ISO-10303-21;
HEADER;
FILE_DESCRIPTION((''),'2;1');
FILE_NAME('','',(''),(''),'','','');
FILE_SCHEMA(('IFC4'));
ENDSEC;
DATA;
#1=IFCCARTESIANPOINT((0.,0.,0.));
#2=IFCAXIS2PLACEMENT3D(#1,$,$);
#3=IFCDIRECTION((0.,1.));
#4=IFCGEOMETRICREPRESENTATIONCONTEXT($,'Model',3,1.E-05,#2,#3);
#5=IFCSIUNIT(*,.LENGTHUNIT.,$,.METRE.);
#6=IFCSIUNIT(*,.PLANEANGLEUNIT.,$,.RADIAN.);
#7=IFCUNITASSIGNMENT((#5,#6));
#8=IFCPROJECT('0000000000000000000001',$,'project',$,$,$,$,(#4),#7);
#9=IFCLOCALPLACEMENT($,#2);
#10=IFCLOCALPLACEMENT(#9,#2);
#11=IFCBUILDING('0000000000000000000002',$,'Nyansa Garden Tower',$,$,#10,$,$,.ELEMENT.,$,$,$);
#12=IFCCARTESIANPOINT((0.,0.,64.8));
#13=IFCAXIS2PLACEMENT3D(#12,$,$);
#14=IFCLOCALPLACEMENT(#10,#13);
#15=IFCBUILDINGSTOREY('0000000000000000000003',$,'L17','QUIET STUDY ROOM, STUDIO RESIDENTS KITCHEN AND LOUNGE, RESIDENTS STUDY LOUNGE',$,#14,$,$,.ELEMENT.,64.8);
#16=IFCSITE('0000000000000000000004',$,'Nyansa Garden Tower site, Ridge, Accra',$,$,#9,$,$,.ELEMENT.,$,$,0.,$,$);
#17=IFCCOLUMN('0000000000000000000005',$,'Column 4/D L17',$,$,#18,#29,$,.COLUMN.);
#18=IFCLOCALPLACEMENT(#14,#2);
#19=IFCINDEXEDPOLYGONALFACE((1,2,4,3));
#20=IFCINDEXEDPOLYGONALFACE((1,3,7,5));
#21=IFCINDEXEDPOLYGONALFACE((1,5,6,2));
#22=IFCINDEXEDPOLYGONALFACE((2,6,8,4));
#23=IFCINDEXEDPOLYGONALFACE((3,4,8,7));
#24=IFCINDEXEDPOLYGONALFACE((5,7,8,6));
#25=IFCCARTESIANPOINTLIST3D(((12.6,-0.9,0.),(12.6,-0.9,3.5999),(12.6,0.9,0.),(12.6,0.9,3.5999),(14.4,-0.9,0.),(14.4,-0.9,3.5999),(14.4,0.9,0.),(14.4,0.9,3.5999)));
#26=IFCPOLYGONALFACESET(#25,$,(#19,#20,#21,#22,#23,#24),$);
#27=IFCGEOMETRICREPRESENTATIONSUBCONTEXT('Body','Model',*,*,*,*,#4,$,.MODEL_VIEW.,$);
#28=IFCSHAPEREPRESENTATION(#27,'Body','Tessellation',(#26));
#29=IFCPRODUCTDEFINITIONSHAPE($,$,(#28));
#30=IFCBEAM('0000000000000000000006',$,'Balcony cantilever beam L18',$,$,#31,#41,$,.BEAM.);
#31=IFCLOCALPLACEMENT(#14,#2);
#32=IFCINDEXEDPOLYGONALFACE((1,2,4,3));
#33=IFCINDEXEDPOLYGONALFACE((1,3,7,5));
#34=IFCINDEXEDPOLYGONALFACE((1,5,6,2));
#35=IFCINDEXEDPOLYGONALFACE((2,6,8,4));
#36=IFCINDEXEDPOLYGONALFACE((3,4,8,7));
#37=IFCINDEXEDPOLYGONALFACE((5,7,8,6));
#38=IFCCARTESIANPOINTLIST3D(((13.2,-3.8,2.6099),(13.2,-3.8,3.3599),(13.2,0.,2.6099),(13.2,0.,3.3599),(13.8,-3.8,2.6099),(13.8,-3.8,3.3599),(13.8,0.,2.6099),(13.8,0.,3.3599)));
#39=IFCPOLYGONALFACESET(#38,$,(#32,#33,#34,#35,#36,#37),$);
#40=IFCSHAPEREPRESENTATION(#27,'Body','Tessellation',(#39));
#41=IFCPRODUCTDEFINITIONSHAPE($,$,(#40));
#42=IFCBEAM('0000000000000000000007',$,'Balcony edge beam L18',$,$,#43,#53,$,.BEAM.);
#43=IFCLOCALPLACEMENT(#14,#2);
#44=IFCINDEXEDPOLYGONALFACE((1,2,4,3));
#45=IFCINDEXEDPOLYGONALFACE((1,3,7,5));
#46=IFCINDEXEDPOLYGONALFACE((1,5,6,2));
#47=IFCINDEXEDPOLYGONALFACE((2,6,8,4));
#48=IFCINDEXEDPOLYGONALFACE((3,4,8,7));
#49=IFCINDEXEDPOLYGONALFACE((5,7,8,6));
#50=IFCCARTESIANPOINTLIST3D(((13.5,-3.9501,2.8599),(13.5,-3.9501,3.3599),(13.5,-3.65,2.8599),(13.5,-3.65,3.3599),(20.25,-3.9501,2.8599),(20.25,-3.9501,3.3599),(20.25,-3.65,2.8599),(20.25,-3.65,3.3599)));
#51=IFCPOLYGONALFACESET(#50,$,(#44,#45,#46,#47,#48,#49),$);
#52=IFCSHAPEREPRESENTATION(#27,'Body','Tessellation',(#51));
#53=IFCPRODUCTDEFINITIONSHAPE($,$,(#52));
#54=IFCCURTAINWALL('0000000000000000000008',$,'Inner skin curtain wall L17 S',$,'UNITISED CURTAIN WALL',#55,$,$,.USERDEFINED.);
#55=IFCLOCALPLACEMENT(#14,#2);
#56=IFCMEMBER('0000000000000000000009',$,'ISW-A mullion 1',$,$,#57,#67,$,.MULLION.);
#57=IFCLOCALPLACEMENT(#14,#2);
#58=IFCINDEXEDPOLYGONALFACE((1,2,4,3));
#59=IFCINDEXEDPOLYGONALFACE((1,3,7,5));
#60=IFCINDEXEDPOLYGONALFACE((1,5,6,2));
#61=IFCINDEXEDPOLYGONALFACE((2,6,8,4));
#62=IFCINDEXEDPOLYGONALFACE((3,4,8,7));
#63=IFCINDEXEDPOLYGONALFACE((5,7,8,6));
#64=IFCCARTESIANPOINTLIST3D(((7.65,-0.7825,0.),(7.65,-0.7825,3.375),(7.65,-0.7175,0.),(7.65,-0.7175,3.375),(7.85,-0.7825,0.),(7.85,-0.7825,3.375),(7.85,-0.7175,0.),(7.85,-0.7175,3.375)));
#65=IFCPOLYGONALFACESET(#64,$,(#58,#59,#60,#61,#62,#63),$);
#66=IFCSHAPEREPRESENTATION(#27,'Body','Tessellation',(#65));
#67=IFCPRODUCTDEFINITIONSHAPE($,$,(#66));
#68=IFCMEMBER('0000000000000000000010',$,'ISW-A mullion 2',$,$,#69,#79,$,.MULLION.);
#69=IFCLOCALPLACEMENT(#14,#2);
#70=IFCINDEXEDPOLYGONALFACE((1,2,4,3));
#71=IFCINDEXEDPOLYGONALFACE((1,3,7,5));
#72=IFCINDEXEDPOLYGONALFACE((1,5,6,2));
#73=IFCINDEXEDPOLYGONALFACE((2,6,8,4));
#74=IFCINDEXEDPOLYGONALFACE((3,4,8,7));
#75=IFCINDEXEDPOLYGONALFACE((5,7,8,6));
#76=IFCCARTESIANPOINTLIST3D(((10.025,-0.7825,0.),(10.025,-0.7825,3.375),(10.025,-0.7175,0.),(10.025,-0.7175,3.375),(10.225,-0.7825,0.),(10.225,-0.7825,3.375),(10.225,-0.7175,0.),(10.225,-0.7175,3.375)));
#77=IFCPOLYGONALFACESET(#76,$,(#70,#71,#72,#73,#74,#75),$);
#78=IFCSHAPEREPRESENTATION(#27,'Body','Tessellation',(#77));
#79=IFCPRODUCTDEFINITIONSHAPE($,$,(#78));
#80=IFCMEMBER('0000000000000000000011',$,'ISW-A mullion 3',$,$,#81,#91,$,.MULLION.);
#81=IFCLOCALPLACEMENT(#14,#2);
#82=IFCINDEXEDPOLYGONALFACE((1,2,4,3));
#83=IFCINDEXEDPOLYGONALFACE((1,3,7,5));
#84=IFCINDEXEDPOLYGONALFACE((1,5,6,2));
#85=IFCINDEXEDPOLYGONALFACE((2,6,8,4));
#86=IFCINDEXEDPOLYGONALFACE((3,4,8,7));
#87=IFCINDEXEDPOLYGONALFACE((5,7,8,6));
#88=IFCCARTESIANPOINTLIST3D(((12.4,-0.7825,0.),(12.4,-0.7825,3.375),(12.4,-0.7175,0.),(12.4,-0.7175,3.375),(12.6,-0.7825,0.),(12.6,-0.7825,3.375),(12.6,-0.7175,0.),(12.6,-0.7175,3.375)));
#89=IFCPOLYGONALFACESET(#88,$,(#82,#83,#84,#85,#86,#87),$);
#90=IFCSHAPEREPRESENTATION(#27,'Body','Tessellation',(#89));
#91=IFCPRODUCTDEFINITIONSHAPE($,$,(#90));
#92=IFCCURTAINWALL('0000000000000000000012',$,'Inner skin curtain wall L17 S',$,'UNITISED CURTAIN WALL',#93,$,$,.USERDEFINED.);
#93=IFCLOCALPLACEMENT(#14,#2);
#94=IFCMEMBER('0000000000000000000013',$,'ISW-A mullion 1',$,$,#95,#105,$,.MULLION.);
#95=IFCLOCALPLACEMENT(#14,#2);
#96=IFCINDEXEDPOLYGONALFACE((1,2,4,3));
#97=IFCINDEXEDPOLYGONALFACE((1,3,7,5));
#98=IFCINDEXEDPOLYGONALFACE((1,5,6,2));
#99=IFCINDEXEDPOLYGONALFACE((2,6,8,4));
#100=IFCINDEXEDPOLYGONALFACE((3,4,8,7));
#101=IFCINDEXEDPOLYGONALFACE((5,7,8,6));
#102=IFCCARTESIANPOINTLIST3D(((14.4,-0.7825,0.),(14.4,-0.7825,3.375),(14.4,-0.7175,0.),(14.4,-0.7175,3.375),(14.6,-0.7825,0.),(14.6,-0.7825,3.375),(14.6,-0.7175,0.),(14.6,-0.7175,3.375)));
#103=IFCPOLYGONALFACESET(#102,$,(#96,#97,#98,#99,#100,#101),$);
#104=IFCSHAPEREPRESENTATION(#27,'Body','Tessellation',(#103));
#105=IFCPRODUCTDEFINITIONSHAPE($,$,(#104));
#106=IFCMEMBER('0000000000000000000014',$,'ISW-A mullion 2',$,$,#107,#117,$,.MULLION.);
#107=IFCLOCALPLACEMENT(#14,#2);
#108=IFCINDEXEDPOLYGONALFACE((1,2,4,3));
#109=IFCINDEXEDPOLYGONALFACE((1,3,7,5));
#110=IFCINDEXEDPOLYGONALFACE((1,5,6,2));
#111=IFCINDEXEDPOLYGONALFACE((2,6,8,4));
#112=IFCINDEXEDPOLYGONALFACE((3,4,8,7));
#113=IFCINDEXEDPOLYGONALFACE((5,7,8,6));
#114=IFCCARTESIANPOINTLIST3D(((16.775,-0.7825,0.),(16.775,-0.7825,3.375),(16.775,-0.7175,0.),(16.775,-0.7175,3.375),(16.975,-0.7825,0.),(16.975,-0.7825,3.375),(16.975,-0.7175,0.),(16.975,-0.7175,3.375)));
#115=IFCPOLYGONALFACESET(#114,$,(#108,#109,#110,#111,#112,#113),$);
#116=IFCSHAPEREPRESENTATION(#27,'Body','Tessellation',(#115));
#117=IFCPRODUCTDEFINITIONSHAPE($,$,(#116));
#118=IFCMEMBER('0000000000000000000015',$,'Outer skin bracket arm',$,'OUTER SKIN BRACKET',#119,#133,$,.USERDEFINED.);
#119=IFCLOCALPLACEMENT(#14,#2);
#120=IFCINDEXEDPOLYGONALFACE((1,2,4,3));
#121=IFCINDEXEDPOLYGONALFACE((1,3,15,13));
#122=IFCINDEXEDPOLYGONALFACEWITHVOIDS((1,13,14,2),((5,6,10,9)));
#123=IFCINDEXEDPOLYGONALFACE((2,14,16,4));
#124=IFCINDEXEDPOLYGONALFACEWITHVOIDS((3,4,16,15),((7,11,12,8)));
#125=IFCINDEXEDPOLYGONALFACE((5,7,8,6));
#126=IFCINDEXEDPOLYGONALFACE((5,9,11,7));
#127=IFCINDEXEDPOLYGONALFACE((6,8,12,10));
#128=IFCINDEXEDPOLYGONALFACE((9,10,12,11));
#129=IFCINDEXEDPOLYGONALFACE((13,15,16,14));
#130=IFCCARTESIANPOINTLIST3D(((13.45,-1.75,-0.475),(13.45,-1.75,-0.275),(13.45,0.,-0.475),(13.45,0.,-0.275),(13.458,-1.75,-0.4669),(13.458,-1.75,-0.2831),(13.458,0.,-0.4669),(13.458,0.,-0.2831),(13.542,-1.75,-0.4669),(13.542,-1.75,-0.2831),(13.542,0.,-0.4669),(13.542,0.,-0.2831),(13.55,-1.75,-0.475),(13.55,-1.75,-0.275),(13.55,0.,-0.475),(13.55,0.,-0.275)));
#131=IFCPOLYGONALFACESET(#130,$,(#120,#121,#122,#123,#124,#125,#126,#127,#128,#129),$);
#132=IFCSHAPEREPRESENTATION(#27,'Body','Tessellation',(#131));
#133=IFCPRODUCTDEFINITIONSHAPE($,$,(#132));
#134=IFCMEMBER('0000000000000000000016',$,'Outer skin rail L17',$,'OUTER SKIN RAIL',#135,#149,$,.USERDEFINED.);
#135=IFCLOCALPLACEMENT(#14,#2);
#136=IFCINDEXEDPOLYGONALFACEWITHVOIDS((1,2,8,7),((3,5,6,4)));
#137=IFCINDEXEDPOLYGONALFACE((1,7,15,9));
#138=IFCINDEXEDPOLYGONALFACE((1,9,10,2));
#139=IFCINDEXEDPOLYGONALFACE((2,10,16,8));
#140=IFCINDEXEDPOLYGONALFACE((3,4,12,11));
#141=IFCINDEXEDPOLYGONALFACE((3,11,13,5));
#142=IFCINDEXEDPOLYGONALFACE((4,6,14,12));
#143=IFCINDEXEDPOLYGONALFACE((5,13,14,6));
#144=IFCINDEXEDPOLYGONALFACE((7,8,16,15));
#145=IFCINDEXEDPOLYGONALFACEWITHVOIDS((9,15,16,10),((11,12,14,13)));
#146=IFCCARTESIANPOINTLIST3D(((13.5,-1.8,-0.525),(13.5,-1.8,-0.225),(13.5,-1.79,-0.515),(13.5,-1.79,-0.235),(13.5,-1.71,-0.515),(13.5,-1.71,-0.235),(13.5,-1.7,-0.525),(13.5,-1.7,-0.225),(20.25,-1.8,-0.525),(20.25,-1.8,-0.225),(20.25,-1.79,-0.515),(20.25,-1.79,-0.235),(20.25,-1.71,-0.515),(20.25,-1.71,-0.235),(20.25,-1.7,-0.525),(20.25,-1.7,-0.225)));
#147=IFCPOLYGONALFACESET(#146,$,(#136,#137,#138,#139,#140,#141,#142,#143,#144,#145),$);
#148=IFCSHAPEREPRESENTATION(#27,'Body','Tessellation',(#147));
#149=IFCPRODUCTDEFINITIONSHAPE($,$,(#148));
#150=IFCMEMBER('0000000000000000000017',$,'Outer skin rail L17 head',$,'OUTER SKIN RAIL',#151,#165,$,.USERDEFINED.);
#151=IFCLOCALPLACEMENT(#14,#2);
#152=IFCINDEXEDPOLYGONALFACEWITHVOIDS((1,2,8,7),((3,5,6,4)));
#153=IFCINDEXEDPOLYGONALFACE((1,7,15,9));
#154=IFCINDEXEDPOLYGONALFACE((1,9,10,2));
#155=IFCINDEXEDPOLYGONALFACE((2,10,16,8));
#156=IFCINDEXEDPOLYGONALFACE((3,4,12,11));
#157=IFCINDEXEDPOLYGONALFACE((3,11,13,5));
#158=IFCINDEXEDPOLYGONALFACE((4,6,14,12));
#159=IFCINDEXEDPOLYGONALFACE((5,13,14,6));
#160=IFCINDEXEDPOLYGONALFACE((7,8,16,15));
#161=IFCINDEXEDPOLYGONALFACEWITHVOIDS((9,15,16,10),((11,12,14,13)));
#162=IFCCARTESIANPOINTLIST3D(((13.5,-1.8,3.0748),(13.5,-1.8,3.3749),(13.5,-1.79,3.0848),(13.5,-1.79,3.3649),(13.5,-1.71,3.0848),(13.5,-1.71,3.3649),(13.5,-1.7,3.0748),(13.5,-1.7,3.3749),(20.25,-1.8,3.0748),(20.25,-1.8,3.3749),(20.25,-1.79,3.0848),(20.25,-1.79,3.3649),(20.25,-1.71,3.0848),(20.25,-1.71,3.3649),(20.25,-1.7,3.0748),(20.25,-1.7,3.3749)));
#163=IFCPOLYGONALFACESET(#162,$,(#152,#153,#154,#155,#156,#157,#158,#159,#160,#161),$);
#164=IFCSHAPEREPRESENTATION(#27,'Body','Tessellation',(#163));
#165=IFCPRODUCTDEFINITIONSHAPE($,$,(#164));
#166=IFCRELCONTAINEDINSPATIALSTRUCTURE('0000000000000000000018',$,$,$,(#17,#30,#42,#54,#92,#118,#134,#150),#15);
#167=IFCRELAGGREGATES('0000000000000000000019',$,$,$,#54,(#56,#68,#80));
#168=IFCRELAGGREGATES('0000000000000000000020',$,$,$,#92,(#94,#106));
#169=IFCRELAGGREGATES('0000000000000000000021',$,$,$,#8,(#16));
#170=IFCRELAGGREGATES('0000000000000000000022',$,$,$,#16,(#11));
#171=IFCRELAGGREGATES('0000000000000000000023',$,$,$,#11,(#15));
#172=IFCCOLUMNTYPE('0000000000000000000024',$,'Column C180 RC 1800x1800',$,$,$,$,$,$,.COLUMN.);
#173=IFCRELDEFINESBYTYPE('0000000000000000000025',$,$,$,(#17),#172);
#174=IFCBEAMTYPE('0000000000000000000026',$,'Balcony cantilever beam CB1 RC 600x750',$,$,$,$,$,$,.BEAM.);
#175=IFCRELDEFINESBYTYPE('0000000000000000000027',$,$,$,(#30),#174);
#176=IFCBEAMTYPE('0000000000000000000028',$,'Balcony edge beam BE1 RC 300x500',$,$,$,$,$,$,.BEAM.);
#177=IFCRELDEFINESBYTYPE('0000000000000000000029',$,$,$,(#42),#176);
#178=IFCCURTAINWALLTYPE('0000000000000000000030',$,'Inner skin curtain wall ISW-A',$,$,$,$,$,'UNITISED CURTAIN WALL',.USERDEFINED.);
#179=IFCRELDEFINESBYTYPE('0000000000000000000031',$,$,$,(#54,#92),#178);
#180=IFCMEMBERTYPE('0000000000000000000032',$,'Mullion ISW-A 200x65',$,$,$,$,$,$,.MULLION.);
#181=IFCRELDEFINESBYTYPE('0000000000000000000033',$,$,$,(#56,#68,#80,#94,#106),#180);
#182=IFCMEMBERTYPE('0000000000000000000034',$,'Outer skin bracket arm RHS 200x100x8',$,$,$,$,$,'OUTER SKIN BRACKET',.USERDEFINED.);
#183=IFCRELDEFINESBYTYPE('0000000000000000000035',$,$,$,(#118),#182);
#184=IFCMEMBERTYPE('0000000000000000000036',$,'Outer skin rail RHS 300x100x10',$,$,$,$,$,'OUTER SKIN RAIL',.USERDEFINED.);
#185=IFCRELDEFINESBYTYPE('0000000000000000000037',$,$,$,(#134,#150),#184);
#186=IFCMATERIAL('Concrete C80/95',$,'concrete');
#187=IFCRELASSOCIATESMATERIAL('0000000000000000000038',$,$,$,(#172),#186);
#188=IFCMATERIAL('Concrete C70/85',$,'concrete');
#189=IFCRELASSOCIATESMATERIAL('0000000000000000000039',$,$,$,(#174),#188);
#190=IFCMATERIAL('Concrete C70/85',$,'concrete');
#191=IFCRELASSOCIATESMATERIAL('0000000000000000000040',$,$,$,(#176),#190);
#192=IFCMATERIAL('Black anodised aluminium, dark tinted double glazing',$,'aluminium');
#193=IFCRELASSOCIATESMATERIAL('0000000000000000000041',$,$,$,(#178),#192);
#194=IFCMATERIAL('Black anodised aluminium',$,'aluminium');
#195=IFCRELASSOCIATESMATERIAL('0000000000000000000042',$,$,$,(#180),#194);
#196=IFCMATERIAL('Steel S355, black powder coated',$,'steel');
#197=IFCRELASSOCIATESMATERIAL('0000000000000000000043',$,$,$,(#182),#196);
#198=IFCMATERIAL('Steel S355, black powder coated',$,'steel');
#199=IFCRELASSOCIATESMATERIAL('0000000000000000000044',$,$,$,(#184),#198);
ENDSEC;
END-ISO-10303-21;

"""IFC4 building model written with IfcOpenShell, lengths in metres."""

from ifc_helpers import new_model, si_unit, direction, frame, origin, origin_2d, place, context, subcontext, project, spatial, rectangle, hollow_rectangle, extrude, material, material_profile, profile_set, type_object, element, aggregate, save


model = new_model("IFC4")

# Units and contexts
model_context = context("Model", 3, precision=1e-05, world=origin(), true_north=direction((0.0, 1.0)))
body_context = subcontext(model_context, "Body", "Model", "MODEL_VIEW")
ifc_project = project(units=[si_unit("LENGTHUNIT", "METRE"), si_unit("PLANEANGLEUNIT", "RADIAN")], contexts=[model_context])

# Site, building, storey
site_placement = place(None, origin())
site = spatial("IfcSite", under=ifc_project, at=site_placement, Name="Nyansa Garden Tower site, Ridge, Accra", CompositionType="ELEMENT", RefElevation=0.0)
building_placement = place(site_placement, origin())
building = spatial("IfcBuilding", under=site, at=building_placement, Name="Nyansa Garden Tower", CompositionType="ELEMENT")
storey_placement = place(building_placement, frame((0.0, 0.0, 64.8)))
storey = spatial("IfcBuildingStorey", under=building, at=storey_placement, Name="L17", Description="QUIET STUDY ROOM, STUDIO RESIDENTS KITCHEN AND LOUNGE, RESIDENTS STUDY LOUNGE", CompositionType="ELEMENT", Elevation=64.8)

# Column
ifc_material_1 = material(Name="Concrete C80/95", Category="concrete")
ifc_material_profile_1 = material_profile(ifc_material_1, rectangle(XDim=1.8, YDim=1.8, at=origin_2d()), Name="RC 1800x1800")
ifc_profile_set_1 = profile_set([ifc_material_profile_1], Name="Concrete C80/95")
column_type = type_object("IfcColumnType", Name="Column C180 RC 1800x1800", PredefinedType="COLUMN", material=ifc_profile_set_1)
column_placement = place(storey_placement, frame((13.5, 0.0, 0.0), z_axis=(0.0, 0.0, 1.0), x_axis=(1.0, 0.0, 0.0)))
element("IfcColumn", 1, at=column_placement, inside=storey, type_object=column_type, Name="Column 4/D L17", PredefinedType="COLUMN", context=body_context, shape_type="SweptSolid", body=[
    extrude(rectangle(XDim=1.8, YDim=1.8, at=origin_2d()), origin(), (0.0, 0.0, 1.0), 3.5999),
])

# Beams
ifc_material_2 = material(Name="Concrete C70/85", Category="concrete")
ifc_material_profile_2 = material_profile(ifc_material_2, rectangle(XDim=0.6001, YDim=0.75, at=origin_2d()), Name="RC 600x750")
ifc_profile_set_2 = profile_set([ifc_material_profile_2], Name="Concrete C70/85")
beam_type_1 = type_object("IfcBeamType", Name="Balcony cantilever beam CB1 RC 600x750", PredefinedType="BEAM", material=ifc_profile_set_2)
beam_1_placement = place(storey_placement, frame((13.5, 0.0, 2.9849), z_axis=(0.0, -1.0, 0.0), x_axis=(1.0, 0.0, 0.0)))
element("IfcBeam", 2, at=beam_1_placement, inside=storey, type_object=beam_type_1, Name="Balcony cantilever beam L18", PredefinedType="BEAM", context=body_context, shape_type="SweptSolid", body=[
    extrude(rectangle(XDim=0.6001, YDim=0.75, at=origin_2d()), origin(), (0.0, 0.0, 1.0), 3.8),
])
ifc_material_3 = material(Name="Concrete C70/85", Category="concrete")
ifc_material_profile_3 = material_profile(ifc_material_3, rectangle(XDim=0.3, YDim=0.5, at=origin_2d()), Name="RC 300x500")
ifc_profile_set_3 = profile_set([ifc_material_profile_3], Name="Concrete C70/85")
beam_type_2 = type_object("IfcBeamType", Name="Balcony edge beam BE1 RC 300x500", PredefinedType="BEAM", material=ifc_profile_set_3)
beam_2_placement = place(storey_placement, frame((13.5, -3.8, 3.1099), z_axis=(1.0, 0.0, 0.0), x_axis=(0.0, 1.0, 0.0)))
element("IfcBeam", 3, at=beam_2_placement, inside=storey, type_object=beam_type_2, Name="Balcony edge beam L18", PredefinedType="BEAM", context=body_context, shape_type="SweptSolid", body=[
    extrude(rectangle(XDim=0.3, YDim=0.5, at=origin_2d()), origin(), (0.0, 0.0, 1.0), 6.75),
])

# Curtain walls, members
ifc_material_4 = material(Name="Black anodised aluminium, dark tinted double glazing", Category="aluminium")
curtain_wall_type = type_object("IfcCurtainWallType", Name="Inner skin curtain wall ISW-A", ElementType="UNITISED CURTAIN WALL", PredefinedType="USERDEFINED", material=ifc_material_4)
curtain_wall_1_placement = place(storey_placement, origin())
curtain_wall_1 = element("IfcCurtainWall", 4, at=curtain_wall_1_placement, inside=storey, type_object=curtain_wall_type, Name="Inner skin curtain wall L17 S", ObjectType="UNITISED CURTAIN WALL", PredefinedType="USERDEFINED")
ifc_material_5 = material(Name="Black anodised aluminium", Category="aluminium")
ifc_material_profile_4 = material_profile(ifc_material_5, rectangle(XDim=0.0649, YDim=0.2, at=origin_2d()), Name="Mullion 200x65")
ifc_profile_set_4 = profile_set([ifc_material_profile_4], Name="Black anodised aluminium")
member_type_1 = type_object("IfcMemberType", Name="Mullion ISW-A 200x65", PredefinedType="MULLION", material=ifc_profile_set_4)
member_1_placement = place(storey_placement, frame((7.75, -0.75, 0.0), z_axis=(0.0, 0.0, 1.0), x_axis=(0.0, 1.0, 0.0)))
member_1 = element("IfcMember", 5, at=member_1_placement, type_object=member_type_1, Name="ISW-A mullion 1", PredefinedType="MULLION", context=body_context, shape_type="SweptSolid", body=[
    extrude(rectangle(XDim=0.0649, YDim=0.2, at=origin_2d()), origin(), (0.0, 0.0, 1.0), 3.375),
])
member_2_placement = place(storey_placement, frame((10.125, -0.75, 0.0), z_axis=(0.0, 0.0, 1.0), x_axis=(0.0, 1.0, 0.0)))
member_2 = element("IfcMember", 6, at=member_2_placement, type_object=member_type_1, Name="ISW-A mullion 2", PredefinedType="MULLION", context=body_context, shape_type="SweptSolid", body=[
    extrude(rectangle(XDim=0.0649, YDim=0.2, at=origin_2d()), origin(), (0.0, 0.0, 1.0), 3.375),
])
member_3_placement = place(storey_placement, frame((12.5, -0.75, 0.0), z_axis=(0.0, 0.0, 1.0), x_axis=(0.0, 1.0, 0.0)))
member_3 = element("IfcMember", 7, at=member_3_placement, type_object=member_type_1, Name="ISW-A mullion 3", PredefinedType="MULLION", context=body_context, shape_type="SweptSolid", body=[
    extrude(rectangle(XDim=0.0649, YDim=0.2, at=origin_2d()), origin(), (0.0, 0.0, 1.0), 3.375),
])
curtain_wall_2_placement = place(storey_placement, origin())
curtain_wall_2 = element("IfcCurtainWall", 8, at=curtain_wall_2_placement, inside=storey, type_object=curtain_wall_type, Name="Inner skin curtain wall L17 S", ObjectType="UNITISED CURTAIN WALL", PredefinedType="USERDEFINED")
member_4_placement = place(storey_placement, frame((14.5, -0.75, 0.0), z_axis=(0.0, 0.0, 1.0), x_axis=(0.0, 1.0, 0.0)))
member_4 = element("IfcMember", 9, at=member_4_placement, type_object=member_type_1, Name="ISW-A mullion 1", PredefinedType="MULLION", context=body_context, shape_type="SweptSolid", body=[
    extrude(rectangle(XDim=0.0649, YDim=0.2, at=origin_2d()), origin(), (0.0, 0.0, 1.0), 3.375),
])
member_5_placement = place(storey_placement, frame((16.875, -0.75, 0.0), z_axis=(0.0, 0.0, 1.0), x_axis=(0.0, 1.0, 0.0)))
member_5 = element("IfcMember", 10, at=member_5_placement, type_object=member_type_1, Name="ISW-A mullion 2", PredefinedType="MULLION", context=body_context, shape_type="SweptSolid", body=[
    extrude(rectangle(XDim=0.0649, YDim=0.2, at=origin_2d()), origin(), (0.0, 0.0, 1.0), 3.375),
])

# Members
ifc_material_6 = material(Name="Steel S355, black powder coated", Category="steel")
ifc_material_profile_5 = material_profile(ifc_material_6, hollow_rectangle(XDim=0.1001, YDim=0.2, WallThickness=0.0081, at=origin_2d()), Name="RHS 200x100x8")
ifc_profile_set_5 = profile_set([ifc_material_profile_5], Name="Steel S355, black powder coated")
member_type_2 = type_object("IfcMemberType", Name="Outer skin bracket arm RHS 200x100x8", ElementType="OUTER SKIN BRACKET", PredefinedType="USERDEFINED", material=ifc_profile_set_5)
member_6_placement = place(storey_placement, frame((13.5, 0.0, -0.375), z_axis=(0.0, -1.0, 0.0), x_axis=(1.0, 0.0, 0.0)))
element("IfcMember", 11, at=member_6_placement, inside=storey, type_object=member_type_2, Name="Outer skin bracket arm", ObjectType="OUTER SKIN BRACKET", PredefinedType="USERDEFINED", context=body_context, shape_type="SweptSolid", body=[
    extrude(hollow_rectangle(XDim=0.1001, YDim=0.2, WallThickness=0.0081, at=origin_2d()), origin(), (0.0, 0.0, 1.0), 1.75),
])
ifc_material_7 = material(Name="Steel S355, black powder coated", Category="steel")
ifc_material_profile_6 = material_profile(ifc_material_7, hollow_rectangle(XDim=0.1001, YDim=0.3, WallThickness=0.01, at=origin_2d()), Name="RHS 300x100x10")
ifc_profile_set_6 = profile_set([ifc_material_profile_6], Name="Steel S355, black powder coated")
member_type_3 = type_object("IfcMemberType", Name="Outer skin rail RHS 300x100x10", ElementType="OUTER SKIN RAIL", PredefinedType="USERDEFINED", material=ifc_profile_set_6)
for number, where, z_axis, x_axis, name in (
    (12, (13.5, -1.75, -0.375), (1.0, 0.0, 0.0), (0.0, 1.0, 0.0), "Outer skin rail L17"),
    (13, (13.5, -1.75, 3.2249), (1.0, 0.0, 0.0), (0.0, 1.0, 0.0), "Outer skin rail L17 head"),
):
    element("IfcMember", number, at=place(storey_placement, frame(where, z_axis=z_axis, x_axis=x_axis)), inside=storey, type_object=member_type_3, Name=name, ObjectType="OUTER SKIN RAIL", PredefinedType="USERDEFINED", context=body_context, shape_type="SweptSolid", body=[
        extrude(hollow_rectangle(XDim=0.1001, YDim=0.3, WallThickness=0.01, at=origin_2d()), origin(), (0.0, 0.0, 1.0), 6.75),
    ])

aggregate(curtain_wall_1, [member_1, member_2, member_3])
aggregate(curtain_wall_2, [member_4, member_5])

save(model, "model.ifc")
